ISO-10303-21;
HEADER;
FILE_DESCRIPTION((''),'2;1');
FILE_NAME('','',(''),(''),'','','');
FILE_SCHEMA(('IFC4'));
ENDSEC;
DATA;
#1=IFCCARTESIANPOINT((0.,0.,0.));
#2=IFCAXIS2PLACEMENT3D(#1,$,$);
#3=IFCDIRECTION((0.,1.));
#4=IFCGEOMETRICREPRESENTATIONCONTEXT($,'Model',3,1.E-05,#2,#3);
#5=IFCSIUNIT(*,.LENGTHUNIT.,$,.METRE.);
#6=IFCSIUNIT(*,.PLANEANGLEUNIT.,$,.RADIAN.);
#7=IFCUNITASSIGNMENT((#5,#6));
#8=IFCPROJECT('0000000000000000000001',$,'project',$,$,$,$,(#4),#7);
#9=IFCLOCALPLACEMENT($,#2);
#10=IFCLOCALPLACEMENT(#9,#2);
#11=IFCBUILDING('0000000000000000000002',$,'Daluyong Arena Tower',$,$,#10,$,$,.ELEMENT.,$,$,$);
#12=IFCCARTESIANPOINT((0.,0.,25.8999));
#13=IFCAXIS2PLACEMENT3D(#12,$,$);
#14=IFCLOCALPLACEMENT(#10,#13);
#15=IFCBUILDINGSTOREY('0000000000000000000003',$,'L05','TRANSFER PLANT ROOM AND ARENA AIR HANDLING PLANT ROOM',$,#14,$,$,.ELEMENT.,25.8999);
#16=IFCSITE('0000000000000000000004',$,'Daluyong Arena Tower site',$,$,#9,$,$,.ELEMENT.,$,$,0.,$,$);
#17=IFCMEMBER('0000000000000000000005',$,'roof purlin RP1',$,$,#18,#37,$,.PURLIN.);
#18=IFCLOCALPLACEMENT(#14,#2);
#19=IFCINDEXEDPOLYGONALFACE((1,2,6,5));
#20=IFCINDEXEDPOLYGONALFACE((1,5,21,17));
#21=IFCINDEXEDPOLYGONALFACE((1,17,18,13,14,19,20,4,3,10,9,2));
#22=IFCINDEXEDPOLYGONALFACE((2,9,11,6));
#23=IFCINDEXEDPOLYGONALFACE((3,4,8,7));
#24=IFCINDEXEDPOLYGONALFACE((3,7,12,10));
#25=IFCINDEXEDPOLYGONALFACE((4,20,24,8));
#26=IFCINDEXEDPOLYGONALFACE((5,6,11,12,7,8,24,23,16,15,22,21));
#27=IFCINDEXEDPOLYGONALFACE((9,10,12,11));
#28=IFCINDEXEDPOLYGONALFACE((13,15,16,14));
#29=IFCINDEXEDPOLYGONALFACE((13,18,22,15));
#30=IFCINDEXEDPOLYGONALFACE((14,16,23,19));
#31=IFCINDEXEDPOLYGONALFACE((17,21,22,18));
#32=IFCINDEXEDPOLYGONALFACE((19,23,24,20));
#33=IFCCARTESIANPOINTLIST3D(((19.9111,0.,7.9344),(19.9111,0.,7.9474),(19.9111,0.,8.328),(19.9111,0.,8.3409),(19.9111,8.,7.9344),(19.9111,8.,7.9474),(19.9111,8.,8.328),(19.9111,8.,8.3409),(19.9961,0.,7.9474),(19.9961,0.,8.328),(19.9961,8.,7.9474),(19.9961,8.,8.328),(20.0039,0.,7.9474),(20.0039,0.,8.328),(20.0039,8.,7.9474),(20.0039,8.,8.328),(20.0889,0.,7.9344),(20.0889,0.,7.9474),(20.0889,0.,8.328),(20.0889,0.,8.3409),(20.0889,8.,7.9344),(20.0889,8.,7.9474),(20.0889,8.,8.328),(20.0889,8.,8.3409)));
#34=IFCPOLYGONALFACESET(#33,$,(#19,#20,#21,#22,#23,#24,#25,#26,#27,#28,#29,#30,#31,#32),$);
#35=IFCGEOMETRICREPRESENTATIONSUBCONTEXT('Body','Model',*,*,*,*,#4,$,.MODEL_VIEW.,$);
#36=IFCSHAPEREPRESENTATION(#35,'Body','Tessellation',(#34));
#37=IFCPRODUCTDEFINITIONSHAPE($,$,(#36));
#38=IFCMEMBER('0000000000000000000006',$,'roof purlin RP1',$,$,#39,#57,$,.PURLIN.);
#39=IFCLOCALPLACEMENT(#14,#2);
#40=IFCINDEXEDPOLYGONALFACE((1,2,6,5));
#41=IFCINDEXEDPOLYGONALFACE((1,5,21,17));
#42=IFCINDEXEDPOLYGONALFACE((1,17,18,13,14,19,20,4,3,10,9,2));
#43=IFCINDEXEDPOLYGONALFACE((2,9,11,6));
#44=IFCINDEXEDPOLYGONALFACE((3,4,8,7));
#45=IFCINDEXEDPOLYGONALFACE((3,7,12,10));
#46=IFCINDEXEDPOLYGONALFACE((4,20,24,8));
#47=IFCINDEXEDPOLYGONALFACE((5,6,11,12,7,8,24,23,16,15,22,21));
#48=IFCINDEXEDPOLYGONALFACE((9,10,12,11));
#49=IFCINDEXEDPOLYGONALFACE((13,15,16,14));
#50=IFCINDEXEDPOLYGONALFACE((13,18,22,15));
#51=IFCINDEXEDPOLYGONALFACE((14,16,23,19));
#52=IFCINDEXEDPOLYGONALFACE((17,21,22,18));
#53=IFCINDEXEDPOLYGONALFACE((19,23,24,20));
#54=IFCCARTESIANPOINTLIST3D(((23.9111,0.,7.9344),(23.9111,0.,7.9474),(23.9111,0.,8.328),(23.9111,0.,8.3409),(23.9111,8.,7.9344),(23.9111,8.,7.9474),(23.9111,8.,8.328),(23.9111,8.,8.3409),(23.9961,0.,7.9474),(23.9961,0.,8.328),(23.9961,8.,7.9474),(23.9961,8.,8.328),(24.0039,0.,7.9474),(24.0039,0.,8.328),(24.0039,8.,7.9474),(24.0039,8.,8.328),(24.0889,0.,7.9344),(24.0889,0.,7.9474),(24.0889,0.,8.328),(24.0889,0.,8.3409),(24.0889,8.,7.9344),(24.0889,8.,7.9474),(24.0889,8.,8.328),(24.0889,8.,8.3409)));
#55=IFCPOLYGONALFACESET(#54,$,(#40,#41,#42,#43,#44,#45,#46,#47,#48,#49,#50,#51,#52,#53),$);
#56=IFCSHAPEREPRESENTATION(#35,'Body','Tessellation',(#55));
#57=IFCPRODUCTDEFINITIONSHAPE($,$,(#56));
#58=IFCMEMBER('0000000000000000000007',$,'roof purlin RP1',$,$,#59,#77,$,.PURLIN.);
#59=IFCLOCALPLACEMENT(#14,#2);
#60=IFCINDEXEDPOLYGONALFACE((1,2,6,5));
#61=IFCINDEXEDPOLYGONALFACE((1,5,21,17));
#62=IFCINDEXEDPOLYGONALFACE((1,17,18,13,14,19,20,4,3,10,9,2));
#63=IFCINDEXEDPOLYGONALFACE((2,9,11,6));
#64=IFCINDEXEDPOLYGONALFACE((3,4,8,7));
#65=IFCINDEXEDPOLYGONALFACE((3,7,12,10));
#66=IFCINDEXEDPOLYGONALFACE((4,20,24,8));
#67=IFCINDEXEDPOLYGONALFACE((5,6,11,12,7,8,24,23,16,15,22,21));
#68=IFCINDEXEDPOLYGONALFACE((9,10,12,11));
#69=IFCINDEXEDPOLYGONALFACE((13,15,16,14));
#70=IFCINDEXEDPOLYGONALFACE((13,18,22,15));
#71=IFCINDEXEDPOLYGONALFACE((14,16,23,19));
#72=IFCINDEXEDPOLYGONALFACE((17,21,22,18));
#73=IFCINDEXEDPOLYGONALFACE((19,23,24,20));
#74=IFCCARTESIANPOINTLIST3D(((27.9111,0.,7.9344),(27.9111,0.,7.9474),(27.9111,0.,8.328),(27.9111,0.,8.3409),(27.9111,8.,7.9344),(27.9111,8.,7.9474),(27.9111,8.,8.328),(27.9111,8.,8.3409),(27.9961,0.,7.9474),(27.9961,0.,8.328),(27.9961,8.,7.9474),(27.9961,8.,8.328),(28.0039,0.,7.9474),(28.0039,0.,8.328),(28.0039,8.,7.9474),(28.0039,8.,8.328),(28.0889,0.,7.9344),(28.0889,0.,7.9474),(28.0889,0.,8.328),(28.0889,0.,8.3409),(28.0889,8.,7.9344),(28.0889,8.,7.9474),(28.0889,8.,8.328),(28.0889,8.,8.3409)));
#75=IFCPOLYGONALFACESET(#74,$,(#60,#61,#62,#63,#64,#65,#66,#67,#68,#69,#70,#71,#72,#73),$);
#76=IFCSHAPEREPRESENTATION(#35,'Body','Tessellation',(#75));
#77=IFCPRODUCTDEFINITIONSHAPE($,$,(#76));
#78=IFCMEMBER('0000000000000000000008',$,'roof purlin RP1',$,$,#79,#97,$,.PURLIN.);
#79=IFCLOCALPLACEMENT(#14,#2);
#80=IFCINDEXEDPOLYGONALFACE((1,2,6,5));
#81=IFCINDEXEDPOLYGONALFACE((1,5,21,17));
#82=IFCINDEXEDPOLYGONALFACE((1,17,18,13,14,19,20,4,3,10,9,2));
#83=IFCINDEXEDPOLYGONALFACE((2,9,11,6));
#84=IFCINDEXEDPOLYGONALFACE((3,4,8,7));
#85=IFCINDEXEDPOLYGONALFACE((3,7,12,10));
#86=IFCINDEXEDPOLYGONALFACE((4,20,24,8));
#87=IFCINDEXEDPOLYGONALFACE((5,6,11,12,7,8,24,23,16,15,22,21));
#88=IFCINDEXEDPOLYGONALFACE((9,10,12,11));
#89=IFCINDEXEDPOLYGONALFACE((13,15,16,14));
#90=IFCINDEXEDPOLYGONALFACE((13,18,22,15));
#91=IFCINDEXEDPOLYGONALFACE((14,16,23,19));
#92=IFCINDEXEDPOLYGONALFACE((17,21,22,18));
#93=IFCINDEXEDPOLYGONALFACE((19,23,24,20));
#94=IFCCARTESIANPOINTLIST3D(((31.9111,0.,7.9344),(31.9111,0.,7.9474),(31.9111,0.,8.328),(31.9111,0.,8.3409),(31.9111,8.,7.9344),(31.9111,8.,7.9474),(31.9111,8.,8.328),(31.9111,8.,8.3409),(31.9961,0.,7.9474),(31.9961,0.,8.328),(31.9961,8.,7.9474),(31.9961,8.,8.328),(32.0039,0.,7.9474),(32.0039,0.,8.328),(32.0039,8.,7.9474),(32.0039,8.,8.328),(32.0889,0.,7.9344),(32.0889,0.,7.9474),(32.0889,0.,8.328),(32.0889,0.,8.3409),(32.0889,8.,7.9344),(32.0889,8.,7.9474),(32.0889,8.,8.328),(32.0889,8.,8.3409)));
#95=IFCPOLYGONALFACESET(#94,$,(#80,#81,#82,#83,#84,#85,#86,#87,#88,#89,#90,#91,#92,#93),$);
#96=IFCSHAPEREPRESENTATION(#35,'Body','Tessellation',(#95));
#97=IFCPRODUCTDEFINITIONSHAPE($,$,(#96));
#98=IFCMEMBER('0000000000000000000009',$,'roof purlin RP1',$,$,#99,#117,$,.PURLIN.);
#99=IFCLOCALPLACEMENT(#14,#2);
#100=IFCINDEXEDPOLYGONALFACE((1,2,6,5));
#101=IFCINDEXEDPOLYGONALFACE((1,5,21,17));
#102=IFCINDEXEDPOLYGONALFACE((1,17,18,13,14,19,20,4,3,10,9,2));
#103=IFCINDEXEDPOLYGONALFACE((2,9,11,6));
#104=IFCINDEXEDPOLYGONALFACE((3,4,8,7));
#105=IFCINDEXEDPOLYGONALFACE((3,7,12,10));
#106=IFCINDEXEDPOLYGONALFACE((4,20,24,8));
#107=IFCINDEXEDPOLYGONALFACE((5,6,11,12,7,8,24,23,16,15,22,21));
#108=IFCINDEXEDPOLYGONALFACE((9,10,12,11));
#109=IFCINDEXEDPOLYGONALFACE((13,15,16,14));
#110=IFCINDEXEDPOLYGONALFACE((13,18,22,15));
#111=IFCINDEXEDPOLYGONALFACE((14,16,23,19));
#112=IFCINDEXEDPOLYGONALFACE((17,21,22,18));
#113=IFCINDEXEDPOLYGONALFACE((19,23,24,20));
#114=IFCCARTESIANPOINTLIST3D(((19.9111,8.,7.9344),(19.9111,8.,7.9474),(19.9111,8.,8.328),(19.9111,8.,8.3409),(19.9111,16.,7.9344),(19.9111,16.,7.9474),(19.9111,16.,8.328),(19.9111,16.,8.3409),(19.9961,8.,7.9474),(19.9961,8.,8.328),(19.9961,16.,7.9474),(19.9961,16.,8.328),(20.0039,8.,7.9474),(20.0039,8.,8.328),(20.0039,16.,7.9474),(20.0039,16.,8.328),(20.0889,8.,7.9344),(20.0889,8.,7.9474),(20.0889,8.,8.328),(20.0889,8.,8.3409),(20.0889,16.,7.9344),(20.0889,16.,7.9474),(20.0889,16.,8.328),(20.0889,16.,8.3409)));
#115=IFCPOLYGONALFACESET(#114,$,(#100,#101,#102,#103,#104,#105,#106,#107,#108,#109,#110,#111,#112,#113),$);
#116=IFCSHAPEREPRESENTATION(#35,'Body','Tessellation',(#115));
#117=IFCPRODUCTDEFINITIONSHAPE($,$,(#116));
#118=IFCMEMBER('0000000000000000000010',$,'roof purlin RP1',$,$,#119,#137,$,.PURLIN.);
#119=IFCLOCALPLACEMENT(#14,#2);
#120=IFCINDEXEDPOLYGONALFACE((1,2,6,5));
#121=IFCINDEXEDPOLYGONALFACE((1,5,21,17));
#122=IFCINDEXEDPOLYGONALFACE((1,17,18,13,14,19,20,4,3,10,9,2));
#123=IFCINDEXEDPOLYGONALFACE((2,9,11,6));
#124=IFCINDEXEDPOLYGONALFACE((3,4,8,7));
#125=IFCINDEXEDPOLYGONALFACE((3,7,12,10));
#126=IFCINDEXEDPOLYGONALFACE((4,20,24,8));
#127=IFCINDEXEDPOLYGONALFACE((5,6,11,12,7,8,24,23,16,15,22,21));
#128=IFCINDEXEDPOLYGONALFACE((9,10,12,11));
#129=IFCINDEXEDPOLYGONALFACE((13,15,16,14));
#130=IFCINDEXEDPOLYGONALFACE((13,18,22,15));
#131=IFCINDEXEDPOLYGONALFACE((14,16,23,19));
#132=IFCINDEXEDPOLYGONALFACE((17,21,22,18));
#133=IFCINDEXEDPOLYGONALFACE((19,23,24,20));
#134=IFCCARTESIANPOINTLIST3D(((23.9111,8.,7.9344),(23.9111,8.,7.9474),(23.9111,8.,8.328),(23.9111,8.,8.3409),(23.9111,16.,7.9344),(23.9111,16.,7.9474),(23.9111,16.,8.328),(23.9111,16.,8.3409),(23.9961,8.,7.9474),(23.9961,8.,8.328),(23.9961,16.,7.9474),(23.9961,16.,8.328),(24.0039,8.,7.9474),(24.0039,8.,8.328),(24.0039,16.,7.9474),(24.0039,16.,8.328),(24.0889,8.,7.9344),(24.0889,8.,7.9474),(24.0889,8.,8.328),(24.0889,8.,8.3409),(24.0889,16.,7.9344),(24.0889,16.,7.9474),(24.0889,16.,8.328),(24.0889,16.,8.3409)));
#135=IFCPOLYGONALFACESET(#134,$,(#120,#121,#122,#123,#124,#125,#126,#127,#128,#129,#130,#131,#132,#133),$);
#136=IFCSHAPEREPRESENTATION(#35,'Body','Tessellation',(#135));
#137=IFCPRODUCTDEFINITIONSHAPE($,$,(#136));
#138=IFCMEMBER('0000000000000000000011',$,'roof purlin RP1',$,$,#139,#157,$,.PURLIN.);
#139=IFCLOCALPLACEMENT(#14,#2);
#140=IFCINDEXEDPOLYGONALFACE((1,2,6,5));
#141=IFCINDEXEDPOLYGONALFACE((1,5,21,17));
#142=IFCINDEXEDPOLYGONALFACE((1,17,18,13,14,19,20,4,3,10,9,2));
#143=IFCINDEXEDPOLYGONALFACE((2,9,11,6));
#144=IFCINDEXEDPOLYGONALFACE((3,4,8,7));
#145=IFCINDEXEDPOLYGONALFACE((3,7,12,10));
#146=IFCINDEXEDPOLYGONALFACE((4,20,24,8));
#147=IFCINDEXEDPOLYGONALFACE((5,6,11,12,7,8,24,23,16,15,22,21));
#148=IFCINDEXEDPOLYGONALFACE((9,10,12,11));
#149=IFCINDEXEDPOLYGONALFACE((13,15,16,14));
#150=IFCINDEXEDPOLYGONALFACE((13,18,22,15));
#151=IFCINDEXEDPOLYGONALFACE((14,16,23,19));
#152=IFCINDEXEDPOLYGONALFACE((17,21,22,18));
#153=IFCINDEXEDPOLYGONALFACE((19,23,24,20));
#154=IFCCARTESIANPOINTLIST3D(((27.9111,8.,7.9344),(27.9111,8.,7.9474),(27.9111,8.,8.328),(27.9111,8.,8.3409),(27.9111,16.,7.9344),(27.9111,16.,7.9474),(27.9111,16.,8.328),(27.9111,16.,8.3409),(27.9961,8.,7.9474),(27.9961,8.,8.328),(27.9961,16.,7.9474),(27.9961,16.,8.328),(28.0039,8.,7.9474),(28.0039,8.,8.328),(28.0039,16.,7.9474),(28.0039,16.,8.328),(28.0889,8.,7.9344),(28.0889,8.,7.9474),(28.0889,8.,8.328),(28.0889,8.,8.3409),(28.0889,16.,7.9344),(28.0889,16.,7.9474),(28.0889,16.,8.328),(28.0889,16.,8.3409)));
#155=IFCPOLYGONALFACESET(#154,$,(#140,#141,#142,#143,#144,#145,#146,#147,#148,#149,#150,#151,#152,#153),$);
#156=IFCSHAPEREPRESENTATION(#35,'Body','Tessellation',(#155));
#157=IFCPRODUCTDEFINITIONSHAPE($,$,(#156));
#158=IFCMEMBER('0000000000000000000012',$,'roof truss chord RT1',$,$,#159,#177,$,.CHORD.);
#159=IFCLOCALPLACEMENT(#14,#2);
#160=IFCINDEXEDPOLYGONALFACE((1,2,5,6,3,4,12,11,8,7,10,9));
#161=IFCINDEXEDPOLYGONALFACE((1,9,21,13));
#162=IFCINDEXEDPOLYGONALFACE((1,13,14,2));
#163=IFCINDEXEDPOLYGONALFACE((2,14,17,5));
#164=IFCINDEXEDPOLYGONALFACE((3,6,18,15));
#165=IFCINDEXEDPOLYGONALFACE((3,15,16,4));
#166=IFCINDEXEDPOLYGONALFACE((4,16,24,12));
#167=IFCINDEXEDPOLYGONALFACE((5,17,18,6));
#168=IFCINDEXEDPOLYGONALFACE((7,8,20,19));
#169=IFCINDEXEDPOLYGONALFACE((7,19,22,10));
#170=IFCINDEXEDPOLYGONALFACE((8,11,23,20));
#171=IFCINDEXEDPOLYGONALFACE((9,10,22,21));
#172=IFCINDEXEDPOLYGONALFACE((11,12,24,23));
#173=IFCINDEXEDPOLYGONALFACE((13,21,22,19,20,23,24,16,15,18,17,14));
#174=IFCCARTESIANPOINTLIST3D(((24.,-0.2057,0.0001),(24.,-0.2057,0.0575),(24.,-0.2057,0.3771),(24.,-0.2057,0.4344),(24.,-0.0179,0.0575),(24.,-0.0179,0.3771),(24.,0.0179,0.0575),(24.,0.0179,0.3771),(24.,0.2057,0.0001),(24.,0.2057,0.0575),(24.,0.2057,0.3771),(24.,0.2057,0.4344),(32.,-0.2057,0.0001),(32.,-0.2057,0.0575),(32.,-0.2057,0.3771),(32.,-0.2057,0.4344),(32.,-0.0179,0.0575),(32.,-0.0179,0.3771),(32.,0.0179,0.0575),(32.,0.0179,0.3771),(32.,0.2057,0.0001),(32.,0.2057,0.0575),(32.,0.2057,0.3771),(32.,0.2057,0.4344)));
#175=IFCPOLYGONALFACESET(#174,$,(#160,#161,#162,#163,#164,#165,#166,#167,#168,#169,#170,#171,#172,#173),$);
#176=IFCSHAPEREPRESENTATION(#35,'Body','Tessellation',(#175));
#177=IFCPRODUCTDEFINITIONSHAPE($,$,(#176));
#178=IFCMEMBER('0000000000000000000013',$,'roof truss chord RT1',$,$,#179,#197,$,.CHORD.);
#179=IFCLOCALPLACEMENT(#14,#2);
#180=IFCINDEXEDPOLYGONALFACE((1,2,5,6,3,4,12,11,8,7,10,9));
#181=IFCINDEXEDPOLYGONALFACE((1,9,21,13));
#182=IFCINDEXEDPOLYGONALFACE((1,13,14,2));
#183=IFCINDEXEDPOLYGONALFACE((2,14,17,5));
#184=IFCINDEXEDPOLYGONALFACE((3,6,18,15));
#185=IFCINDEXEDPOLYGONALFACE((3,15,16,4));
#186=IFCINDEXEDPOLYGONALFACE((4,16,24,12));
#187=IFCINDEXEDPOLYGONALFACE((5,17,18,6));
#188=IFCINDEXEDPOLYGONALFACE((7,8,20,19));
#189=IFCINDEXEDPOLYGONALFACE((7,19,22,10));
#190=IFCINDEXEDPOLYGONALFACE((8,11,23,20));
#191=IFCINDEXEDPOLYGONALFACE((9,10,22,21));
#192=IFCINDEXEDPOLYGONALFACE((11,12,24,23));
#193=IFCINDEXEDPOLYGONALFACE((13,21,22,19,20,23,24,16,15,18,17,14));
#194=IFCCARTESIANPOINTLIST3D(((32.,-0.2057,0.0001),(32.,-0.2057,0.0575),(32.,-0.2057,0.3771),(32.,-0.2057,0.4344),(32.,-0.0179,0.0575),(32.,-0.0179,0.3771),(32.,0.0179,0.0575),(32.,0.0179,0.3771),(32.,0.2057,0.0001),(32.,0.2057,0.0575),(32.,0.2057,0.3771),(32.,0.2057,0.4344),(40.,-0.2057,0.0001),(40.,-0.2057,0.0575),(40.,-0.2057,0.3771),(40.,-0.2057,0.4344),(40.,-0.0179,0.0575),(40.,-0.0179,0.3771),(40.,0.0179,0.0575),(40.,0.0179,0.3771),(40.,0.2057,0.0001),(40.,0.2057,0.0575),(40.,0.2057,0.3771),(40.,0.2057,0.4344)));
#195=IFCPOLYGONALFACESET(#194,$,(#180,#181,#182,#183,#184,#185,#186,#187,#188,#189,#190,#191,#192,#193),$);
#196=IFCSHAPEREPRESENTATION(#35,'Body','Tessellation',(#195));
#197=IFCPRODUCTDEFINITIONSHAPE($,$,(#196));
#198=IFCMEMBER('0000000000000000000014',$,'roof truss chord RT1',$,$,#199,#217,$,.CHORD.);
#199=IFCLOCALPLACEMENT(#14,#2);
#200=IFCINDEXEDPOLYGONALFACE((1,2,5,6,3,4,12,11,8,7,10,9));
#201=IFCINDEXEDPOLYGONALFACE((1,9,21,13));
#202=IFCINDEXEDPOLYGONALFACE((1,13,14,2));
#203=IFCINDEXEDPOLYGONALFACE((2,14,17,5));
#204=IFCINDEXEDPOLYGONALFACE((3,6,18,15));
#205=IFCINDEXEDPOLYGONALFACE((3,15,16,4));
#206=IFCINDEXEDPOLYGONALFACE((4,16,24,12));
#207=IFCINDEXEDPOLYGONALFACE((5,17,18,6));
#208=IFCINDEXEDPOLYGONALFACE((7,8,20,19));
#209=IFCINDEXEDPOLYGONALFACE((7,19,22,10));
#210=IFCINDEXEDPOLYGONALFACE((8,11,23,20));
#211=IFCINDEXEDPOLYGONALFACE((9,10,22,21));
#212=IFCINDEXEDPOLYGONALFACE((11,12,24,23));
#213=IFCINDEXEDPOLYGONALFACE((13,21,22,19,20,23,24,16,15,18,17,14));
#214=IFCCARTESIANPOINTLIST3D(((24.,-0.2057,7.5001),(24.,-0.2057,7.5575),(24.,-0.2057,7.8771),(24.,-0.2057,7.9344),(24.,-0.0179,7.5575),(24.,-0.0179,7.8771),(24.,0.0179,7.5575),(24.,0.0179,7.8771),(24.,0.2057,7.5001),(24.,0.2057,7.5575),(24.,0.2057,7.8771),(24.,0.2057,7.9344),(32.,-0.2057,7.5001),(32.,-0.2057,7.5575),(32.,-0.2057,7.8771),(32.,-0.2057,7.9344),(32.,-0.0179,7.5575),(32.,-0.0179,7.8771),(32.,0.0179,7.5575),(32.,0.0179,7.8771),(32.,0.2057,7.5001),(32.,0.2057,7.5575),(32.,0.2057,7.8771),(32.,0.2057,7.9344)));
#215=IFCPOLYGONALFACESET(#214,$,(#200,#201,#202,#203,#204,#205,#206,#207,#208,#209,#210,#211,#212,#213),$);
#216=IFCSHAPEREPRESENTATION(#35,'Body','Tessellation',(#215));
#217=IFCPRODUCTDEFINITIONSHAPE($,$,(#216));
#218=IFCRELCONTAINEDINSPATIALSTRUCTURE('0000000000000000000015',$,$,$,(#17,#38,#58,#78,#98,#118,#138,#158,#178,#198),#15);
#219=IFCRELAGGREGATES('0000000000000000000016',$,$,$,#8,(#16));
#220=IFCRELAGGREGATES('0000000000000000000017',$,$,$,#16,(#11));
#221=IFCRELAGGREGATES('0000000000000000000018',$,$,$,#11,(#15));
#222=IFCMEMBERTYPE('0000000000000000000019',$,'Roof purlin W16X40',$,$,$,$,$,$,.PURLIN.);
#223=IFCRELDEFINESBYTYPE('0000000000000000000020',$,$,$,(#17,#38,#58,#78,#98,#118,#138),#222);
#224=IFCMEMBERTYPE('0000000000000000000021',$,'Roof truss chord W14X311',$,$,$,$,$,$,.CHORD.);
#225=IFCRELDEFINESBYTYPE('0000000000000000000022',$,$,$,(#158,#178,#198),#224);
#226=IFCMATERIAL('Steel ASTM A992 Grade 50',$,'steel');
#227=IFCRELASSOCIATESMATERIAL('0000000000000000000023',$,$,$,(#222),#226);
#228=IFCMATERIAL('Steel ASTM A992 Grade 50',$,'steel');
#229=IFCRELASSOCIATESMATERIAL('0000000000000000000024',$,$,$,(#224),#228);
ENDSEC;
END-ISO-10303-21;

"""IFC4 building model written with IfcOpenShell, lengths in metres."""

from ifc_helpers import new_model, si_unit, direction, frame, origin, origin_2d, place, context, subcontext, project, spatial, i_section, extrude, material, material_profile, profile_set, type_object, element, save


model = new_model("IFC4")

# Units and contexts
model_context = context("Model", 3, precision=1e-05, world=origin(), true_north=direction((0.0, 1.0)))
body_context = subcontext(model_context, "Body", "Model", "MODEL_VIEW")
ifc_project = project(units=[si_unit("LENGTHUNIT", "METRE"), si_unit("PLANEANGLEUNIT", "RADIAN")], contexts=[model_context])

# Site, building, storey
site_placement = place(None, origin())
site = spatial("IfcSite", under=ifc_project, at=site_placement, Name="Daluyong Arena Tower site", CompositionType="ELEMENT", RefElevation=0.0)
building_placement = place(site_placement, origin())
building = spatial("IfcBuilding", under=site, at=building_placement, Name="Daluyong Arena Tower", CompositionType="ELEMENT")
storey_placement = place(building_placement, frame((0.0, 0.0, 25.8999)))
storey = spatial("IfcBuildingStorey", under=building, at=storey_placement, Name="L05", Description="TRANSFER PLANT ROOM AND ARENA AIR HANDLING PLANT ROOM", CompositionType="ELEMENT", Elevation=25.8999)

# Members
ifc_material_1 = material(Name="Steel ASTM A992 Grade 50", Category="steel")
ifc_material_profile_1 = material_profile(ifc_material_1, i_section(OverallWidth=0.1777, OverallDepth=0.4065, WebThickness=0.0078, FlangeThickness=0.0129, at=origin_2d()))
ifc_profile_set_1 = profile_set([ifc_material_profile_1], Name="Steel ASTM A992 Grade 50")
member_type_1 = type_object("IfcMemberType", Name="Roof purlin W16X40", PredefinedType="PURLIN", material=ifc_profile_set_1)
for number, where, z_axis, x_axis, name in (
    (1, (20.0, 0.0, 8.1377), (0.0, 1.0, 0.0), (-1.0, 0.0, 0.0), "roof purlin RP1"),
    (2, (24.0, 0.0, 8.1377), (0.0, 1.0, 0.0), (-1.0, 0.0, 0.0), "roof purlin RP1"),
    (3, (28.0, 0.0, 8.1377), (0.0, 1.0, 0.0), (-1.0, 0.0, 0.0), "roof purlin RP1"),
    (4, (32.0, 0.0, 8.1377), (0.0, 1.0, 0.0), (-1.0, 0.0, 0.0), "roof purlin RP1"),
    (5, (20.0, 8.0, 8.1377), (0.0, 1.0, 0.0), (-1.0, 0.0, 0.0), "roof purlin RP1"),
    (6, (24.0, 8.0, 8.1377), (0.0, 1.0, 0.0), (-1.0, 0.0, 0.0), "roof purlin RP1"),
    (7, (28.0, 8.0, 8.1377), (0.0, 1.0, 0.0), (-1.0, 0.0, 0.0), "roof purlin RP1"),
):
    element("IfcMember", number, at=place(storey_placement, frame(where, z_axis=z_axis, x_axis=x_axis)), inside=storey, type_object=member_type_1, Name=name, PredefinedType="PURLIN", context=body_context, shape_type="SweptSolid", body=[
        extrude(i_section(OverallWidth=0.1777, OverallDepth=0.4065, WebThickness=0.0078, FlangeThickness=0.0129, at=origin_2d()), origin(), (0.0, 0.0, 1.0), 8.0),
    ])
ifc_material_2 = material(Name="Steel ASTM A992 Grade 50", Category="steel")
ifc_material_profile_2 = material_profile(ifc_material_2, i_section(OverallWidth=0.4114, OverallDepth=0.4343, WebThickness=0.0359, FlangeThickness=0.0574, at=origin_2d()))
ifc_profile_set_2 = profile_set([ifc_material_profile_2], Name="Steel ASTM A992 Grade 50")
member_type_2 = type_object("IfcMemberType", Name="Roof truss chord W14X311", PredefinedType="CHORD", material=ifc_profile_set_2)
for number, where, z_axis, x_axis, name in (
    (8, (24.0, 0.0, 0.2173), (1.0, 0.0, 0.0), (0.0, 1.0, 0.0), "roof truss chord RT1"),
    (9, (32.0, 0.0, 0.2173), (1.0, 0.0, 0.0), (0.0, 1.0, 0.0), "roof truss chord RT1"),
    (10, (24.0, 0.0, 7.7173), (1.0, 0.0, 0.0), (0.0, 1.0, 0.0), "roof truss chord RT1"),
):
    element("IfcMember", number, at=place(storey_placement, frame(where, z_axis=z_axis, x_axis=x_axis)), inside=storey, type_object=member_type_2, Name=name, PredefinedType="CHORD", context=body_context, shape_type="SweptSolid", body=[
        extrude(i_section(OverallWidth=0.4114, OverallDepth=0.4343, WebThickness=0.0359, FlangeThickness=0.0574, at=origin_2d()), origin(), (0.0, 0.0, 1.0), 8.0),
    ])

save(model, "model.ifc")
